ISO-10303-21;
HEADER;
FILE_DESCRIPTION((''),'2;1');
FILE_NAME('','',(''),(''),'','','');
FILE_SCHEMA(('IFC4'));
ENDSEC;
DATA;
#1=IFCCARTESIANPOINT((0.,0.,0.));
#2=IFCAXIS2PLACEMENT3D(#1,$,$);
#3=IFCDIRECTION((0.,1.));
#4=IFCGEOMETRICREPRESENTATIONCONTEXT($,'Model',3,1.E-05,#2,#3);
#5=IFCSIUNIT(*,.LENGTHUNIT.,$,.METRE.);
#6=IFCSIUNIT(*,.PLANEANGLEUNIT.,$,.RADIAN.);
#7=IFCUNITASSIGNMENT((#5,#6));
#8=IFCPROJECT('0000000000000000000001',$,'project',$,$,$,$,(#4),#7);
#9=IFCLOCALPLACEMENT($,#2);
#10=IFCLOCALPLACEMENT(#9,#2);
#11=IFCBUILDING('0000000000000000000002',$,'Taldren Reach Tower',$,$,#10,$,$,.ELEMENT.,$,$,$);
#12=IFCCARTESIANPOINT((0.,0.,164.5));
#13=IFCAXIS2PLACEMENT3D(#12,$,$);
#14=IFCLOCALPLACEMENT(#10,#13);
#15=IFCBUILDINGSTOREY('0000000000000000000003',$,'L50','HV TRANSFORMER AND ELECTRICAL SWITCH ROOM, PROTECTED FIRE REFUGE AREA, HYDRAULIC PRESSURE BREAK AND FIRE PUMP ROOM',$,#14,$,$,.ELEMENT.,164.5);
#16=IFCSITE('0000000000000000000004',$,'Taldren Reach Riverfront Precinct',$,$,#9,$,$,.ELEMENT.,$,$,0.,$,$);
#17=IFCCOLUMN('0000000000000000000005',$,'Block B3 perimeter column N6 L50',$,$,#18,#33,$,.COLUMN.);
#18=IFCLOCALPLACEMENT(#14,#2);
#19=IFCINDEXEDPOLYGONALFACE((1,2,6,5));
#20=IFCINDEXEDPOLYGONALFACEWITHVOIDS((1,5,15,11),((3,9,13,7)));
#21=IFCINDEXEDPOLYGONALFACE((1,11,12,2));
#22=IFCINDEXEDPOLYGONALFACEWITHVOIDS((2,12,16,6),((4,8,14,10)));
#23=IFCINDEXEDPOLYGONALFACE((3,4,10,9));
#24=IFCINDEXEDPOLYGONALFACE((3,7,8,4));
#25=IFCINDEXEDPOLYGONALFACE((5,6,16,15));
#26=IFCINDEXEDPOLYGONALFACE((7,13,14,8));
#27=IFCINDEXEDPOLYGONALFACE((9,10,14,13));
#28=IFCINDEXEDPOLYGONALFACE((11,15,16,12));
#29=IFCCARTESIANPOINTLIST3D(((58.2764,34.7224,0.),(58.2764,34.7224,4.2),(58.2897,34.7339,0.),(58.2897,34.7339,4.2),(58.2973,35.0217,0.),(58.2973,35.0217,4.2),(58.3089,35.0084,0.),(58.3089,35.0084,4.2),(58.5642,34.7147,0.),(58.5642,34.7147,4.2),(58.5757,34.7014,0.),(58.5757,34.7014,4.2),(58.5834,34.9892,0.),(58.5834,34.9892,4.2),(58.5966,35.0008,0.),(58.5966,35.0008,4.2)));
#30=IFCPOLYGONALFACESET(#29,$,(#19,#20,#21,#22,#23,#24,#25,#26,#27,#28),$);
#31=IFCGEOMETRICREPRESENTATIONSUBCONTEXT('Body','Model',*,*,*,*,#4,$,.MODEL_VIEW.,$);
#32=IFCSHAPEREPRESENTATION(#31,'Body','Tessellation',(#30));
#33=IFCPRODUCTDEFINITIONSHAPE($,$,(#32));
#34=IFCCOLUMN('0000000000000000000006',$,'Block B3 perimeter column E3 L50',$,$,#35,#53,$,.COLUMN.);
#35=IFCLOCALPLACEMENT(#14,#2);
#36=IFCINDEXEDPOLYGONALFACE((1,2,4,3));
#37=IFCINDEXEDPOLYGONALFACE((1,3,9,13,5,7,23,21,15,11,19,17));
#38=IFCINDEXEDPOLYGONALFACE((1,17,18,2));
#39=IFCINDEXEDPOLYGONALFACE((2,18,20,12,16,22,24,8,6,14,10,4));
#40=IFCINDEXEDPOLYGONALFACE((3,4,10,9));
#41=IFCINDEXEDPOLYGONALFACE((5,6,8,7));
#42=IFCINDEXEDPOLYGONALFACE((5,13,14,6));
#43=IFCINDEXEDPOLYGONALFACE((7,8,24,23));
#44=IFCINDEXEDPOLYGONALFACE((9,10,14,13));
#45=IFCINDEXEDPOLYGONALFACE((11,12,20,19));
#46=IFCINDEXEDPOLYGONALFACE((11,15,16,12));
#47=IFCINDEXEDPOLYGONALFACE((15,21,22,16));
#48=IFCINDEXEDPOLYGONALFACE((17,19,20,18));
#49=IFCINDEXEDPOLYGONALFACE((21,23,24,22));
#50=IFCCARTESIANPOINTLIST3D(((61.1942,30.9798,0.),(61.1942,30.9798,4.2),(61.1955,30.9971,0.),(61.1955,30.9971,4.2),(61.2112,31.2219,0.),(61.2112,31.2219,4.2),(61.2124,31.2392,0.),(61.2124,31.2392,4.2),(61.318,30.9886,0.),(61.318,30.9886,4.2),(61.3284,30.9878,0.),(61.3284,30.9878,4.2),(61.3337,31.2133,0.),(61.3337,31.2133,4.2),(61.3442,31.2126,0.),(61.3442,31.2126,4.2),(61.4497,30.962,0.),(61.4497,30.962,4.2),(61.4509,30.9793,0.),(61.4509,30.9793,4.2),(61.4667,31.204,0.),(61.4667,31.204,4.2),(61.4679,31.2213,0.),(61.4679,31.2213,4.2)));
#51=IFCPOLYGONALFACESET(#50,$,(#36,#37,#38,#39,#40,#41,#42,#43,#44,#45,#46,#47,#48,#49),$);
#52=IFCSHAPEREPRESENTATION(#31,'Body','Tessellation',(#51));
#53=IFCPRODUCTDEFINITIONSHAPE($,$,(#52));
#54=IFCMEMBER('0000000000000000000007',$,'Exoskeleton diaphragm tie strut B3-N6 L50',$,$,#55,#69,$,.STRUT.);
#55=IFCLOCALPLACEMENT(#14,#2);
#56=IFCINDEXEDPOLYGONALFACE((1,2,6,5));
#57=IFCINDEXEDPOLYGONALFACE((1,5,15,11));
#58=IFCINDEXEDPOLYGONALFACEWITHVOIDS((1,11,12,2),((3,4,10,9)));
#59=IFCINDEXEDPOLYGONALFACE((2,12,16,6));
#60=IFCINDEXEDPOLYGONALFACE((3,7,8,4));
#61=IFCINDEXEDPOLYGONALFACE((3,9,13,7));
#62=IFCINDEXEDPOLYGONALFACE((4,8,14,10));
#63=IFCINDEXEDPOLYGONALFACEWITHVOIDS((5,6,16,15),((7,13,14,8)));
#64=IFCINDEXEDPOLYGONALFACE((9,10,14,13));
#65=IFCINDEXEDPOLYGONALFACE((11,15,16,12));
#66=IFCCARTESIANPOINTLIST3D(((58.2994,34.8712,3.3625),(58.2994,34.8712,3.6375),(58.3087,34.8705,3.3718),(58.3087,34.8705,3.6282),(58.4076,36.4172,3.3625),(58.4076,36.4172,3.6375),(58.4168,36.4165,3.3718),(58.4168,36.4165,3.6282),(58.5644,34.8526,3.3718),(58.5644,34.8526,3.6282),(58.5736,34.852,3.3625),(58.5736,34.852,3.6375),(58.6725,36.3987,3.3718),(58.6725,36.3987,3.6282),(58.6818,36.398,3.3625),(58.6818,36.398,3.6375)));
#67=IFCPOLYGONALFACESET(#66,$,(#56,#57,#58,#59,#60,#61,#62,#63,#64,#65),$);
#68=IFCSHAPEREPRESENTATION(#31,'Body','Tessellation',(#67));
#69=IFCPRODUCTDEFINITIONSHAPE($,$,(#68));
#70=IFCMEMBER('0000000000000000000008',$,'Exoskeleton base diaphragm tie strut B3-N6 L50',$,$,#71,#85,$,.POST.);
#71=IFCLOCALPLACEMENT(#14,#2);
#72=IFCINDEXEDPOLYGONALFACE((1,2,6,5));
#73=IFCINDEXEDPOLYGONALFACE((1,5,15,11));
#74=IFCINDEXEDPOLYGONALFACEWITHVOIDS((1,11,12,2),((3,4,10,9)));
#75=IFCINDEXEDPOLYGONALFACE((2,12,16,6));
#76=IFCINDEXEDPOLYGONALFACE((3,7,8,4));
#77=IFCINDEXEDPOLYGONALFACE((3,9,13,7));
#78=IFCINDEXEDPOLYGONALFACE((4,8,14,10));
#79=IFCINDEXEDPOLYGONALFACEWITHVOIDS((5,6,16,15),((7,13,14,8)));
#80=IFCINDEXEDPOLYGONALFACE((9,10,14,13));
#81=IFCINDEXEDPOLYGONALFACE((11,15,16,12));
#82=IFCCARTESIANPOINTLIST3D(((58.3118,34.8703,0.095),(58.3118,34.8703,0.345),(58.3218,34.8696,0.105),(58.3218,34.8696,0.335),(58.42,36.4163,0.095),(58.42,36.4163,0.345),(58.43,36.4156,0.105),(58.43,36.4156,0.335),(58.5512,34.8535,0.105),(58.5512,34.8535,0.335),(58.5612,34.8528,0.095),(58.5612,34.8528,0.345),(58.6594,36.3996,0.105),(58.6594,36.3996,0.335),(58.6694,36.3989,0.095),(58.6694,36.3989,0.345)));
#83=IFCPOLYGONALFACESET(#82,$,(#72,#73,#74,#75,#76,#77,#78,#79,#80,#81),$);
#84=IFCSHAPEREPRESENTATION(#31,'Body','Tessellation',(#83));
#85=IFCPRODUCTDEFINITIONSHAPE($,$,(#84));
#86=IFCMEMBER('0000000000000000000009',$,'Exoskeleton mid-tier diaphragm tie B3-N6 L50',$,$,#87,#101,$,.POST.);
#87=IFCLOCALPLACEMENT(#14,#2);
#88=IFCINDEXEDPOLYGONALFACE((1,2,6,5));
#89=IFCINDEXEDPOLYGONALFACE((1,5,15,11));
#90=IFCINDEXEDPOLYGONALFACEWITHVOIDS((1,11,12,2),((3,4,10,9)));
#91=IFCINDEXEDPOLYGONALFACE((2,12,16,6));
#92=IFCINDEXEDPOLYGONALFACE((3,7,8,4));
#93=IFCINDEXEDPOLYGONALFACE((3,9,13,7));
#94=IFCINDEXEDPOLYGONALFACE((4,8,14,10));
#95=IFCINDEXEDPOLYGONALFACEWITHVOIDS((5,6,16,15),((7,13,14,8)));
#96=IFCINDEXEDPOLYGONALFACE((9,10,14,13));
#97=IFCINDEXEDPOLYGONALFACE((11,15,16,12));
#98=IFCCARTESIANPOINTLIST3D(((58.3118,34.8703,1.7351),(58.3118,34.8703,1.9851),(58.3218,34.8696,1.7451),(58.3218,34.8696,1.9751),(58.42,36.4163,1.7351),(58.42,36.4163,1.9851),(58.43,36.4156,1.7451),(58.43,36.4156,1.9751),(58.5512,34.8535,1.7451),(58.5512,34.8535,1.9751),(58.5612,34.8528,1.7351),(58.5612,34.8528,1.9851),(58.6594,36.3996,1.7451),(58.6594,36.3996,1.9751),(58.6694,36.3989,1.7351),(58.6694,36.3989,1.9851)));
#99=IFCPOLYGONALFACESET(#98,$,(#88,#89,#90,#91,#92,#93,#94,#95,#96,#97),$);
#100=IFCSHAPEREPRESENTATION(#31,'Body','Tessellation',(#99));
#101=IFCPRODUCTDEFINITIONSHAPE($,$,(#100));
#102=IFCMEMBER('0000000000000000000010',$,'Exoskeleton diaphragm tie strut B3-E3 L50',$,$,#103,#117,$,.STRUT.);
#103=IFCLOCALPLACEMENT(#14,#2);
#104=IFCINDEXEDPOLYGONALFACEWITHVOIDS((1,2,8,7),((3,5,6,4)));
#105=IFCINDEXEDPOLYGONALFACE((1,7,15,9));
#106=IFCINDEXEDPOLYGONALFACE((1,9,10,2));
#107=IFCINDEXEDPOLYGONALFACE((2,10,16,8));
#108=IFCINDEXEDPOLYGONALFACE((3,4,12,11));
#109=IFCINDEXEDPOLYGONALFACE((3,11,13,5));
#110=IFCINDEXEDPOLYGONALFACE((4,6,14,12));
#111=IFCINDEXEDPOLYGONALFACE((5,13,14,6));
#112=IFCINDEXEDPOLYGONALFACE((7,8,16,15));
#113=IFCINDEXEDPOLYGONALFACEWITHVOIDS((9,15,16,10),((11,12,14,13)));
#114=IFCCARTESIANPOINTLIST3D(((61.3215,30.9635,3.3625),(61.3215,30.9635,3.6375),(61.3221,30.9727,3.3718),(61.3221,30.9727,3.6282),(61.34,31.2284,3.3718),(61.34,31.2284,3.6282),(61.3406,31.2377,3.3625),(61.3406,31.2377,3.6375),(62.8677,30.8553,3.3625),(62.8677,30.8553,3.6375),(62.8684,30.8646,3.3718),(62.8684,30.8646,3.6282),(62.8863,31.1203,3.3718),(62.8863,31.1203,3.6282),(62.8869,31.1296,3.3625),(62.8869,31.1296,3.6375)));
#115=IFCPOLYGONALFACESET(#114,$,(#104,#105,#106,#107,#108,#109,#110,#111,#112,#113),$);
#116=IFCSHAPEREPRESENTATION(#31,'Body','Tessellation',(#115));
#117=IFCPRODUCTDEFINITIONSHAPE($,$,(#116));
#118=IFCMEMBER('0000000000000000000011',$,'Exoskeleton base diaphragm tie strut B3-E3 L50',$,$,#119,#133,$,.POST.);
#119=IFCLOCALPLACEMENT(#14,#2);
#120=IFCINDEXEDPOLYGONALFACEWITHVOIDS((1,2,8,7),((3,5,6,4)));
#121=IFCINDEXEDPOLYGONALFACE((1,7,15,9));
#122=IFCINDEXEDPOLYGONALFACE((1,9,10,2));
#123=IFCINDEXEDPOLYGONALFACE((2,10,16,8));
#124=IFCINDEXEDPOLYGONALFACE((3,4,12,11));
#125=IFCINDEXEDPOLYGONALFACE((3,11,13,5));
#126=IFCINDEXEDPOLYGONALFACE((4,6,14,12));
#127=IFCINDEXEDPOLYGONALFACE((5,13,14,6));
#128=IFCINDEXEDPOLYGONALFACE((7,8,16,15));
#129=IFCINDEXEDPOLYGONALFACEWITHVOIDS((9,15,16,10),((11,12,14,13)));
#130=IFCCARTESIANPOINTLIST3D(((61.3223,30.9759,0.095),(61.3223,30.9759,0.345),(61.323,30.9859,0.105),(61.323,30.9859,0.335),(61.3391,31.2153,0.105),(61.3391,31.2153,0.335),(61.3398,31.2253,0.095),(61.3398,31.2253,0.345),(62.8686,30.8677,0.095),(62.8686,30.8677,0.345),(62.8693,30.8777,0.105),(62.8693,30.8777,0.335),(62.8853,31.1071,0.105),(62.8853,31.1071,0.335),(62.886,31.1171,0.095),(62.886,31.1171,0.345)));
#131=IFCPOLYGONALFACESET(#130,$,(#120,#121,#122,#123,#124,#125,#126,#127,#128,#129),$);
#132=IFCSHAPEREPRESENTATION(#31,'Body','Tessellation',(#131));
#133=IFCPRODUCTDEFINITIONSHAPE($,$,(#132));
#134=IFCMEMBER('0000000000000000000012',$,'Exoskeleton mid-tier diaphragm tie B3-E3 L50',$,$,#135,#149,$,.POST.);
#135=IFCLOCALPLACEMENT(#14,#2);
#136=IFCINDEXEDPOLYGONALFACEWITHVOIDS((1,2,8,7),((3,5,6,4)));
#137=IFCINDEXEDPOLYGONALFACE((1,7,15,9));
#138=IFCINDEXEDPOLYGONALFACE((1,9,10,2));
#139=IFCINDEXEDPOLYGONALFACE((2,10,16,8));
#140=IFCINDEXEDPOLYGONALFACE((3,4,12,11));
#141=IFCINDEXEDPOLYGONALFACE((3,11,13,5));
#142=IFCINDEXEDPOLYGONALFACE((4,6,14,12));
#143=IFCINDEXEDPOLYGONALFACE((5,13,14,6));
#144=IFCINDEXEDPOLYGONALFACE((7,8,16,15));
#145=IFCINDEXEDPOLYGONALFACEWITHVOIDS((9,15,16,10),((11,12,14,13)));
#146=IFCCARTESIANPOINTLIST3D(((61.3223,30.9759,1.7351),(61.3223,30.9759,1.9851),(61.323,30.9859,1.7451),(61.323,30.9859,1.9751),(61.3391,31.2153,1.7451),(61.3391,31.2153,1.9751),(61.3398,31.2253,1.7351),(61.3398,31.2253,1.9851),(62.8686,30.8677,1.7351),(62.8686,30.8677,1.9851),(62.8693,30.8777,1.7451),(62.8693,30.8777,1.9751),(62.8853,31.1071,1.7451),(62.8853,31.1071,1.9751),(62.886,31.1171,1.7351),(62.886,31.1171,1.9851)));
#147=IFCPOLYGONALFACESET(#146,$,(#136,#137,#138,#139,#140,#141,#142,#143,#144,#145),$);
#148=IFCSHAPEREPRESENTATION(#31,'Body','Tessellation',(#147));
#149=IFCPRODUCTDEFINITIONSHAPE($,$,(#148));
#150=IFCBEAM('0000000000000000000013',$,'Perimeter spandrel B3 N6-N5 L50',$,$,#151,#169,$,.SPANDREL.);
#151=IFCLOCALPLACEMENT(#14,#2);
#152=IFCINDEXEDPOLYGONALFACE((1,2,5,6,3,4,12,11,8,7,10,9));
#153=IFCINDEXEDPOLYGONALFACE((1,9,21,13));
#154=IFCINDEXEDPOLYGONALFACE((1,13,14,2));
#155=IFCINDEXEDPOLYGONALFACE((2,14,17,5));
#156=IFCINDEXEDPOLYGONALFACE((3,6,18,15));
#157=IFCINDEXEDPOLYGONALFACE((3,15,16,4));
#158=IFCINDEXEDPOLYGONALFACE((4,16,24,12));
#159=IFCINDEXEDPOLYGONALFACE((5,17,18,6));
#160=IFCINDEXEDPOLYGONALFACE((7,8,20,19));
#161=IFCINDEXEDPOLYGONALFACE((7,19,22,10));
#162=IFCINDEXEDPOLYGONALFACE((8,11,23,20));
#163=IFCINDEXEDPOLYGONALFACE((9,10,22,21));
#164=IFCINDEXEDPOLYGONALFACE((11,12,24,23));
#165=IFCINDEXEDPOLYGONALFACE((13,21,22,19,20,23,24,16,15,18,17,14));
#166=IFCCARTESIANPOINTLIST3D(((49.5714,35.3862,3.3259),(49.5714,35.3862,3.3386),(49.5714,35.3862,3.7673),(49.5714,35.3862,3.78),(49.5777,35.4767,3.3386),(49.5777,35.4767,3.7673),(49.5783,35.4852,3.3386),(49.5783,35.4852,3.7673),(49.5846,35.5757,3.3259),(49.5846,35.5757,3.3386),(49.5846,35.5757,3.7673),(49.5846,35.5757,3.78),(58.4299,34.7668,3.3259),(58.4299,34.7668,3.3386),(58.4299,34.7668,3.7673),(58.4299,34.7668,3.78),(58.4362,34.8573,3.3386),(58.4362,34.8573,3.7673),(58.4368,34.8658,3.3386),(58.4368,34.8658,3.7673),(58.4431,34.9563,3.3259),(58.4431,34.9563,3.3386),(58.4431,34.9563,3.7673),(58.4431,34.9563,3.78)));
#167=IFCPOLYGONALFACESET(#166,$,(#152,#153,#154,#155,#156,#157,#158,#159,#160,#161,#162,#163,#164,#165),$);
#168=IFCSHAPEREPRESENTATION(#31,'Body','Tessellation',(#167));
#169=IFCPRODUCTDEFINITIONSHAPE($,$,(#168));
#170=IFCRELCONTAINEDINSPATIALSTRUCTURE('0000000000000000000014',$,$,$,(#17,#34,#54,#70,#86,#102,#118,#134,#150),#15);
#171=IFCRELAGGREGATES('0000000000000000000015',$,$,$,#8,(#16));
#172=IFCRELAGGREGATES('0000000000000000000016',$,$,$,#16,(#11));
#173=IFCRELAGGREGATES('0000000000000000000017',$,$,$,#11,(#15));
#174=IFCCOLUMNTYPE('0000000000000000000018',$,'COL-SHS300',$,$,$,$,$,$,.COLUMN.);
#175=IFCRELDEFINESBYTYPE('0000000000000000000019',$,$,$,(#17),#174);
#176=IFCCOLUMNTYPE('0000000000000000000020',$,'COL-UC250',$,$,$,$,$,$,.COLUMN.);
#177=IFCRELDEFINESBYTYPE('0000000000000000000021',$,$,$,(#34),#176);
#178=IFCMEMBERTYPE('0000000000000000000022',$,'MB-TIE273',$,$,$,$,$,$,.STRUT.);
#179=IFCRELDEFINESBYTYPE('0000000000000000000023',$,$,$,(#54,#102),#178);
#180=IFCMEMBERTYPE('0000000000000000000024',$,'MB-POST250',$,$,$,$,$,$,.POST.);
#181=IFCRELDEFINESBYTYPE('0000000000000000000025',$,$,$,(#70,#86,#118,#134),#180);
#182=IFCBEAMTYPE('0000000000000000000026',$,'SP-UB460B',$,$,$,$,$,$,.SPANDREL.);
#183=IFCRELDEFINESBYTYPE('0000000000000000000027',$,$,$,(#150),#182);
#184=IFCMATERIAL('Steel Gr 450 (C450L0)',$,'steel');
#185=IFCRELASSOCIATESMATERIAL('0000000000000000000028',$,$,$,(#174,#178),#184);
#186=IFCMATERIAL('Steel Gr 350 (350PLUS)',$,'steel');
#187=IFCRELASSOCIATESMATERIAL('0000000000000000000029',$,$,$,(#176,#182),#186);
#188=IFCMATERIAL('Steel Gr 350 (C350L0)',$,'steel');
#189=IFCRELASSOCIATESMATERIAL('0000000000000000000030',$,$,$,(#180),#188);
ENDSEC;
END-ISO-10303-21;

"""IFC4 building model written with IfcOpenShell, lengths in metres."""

from ifc_helpers import new_model, si_unit, direction, frame, origin, origin_2d, place, context, subcontext, project, spatial, hollow_rectangle, i_section, extrude, source, transform, mapped, material, material_profile, profile_set, type_object, element, save


model = new_model("IFC4")

# Units and contexts
model_context = context("Model", 3, precision=1e-05, world=origin(), true_north=direction((0.0, 1.0)))
body_context = subcontext(model_context, "Body", "Model", "MODEL_VIEW")
ifc_project = project(units=[si_unit("LENGTHUNIT", "METRE"), si_unit("PLANEANGLEUNIT", "RADIAN")], contexts=[model_context])

# Site, building, storey
site_placement = place(None, origin())
site = spatial("IfcSite", under=ifc_project, at=site_placement, Name="Taldren Reach Riverfront Precinct", CompositionType="ELEMENT", RefElevation=0.0)
building_placement = place(site_placement, origin())
building = spatial("IfcBuilding", under=site, at=building_placement, Name="Taldren Reach Tower", CompositionType="ELEMENT")
storey_placement = place(building_placement, frame((0.0, 0.0, 164.5)))
storey = spatial("IfcBuildingStorey", under=building, at=storey_placement, Name="L50", Description="HV TRANSFORMER AND ELECTRICAL SWITCH ROOM, PROTECTED FIRE REFUGE AREA, HYDRAULIC PRESSURE BREAK AND FIRE PUMP ROOM", CompositionType="ELEMENT", Elevation=164.5)

# Columns
ifc_material_1 = material(Name="Steel Gr 450 (C450L0)", Category="steel")
ifc_material_profile_1 = material_profile(ifc_material_1, hollow_rectangle(XDim=0.3, YDim=0.3, WallThickness=0.0125, at=origin_2d()), Name="300x300x12.5SHS")
ifc_profile_set_1 = profile_set([ifc_material_profile_1], Name="Steel Gr 450 (C450L0)")
column_type_1 = type_object("IfcColumnType", Name="COL-SHS300", PredefinedType="COLUMN", material=ifc_profile_set_1)
shared_shape_1 = source(origin(), body_context, "Body", "SweptSolid", [
    extrude(hollow_rectangle(XDim=0.3, YDim=0.3, WallThickness=0.0125, at=origin_2d()), origin(), (0.0, 0.0, 1.0), 4.2),
])
column_1_placement = place(storey_placement, frame((58.4365, 34.8616, 0.0), z_axis=(0.0, 0.0, 1.0), x_axis=(0.997564, -0.069756, 0.0)))
element("IfcColumn", 1, at=column_1_placement, inside=storey, type_object=column_type_1, Name="Block B3 perimeter column N6 L50", PredefinedType="COLUMN", context=body_context, shape_type="MappedRepresentation", body=[
    mapped(shared_shape_1, transform((0.0, 0.0, 0.0), scale=1.0)),
])
ifc_material_2 = material(Name="Steel Gr 350 (350PLUS)", Category="steel")
ifc_material_profile_2 = material_profile(ifc_material_2, i_section(OverallWidth=0.2561, OverallDepth=0.26, WebThickness=0.0105, FlangeThickness=0.0173, at=origin_2d()), Name="250UC89.5")
ifc_profile_set_2 = profile_set([ifc_material_profile_2], Name="Steel Gr 350 (350PLUS)")
column_type_2 = type_object("IfcColumnType", Name="COL-UC250", PredefinedType="COLUMN", material=ifc_profile_set_2)
shared_shape_2 = source(origin(), body_context, "Body", "SweptSolid", [
    extrude(i_section(OverallWidth=0.2561, OverallDepth=0.26, WebThickness=0.0105, FlangeThickness=0.0173, at=origin_2d()), origin(), (0.0, 0.0, 1.0), 4.2),
])
column_2_placement = place(storey_placement, frame((61.3311, 31.1006, 0.0), z_axis=(0.0, 0.0, 1.0), x_axis=(0.997564, -0.069756, 0.0)))
element("IfcColumn", 2, at=column_2_placement, inside=storey, type_object=column_type_2, Name="Block B3 perimeter column E3 L50", PredefinedType="COLUMN", context=body_context, shape_type="MappedRepresentation", body=[
    mapped(shared_shape_2, transform((0.0, 0.0, 0.0), scale=1.0)),
])

# Members
ifc_material_profile_3 = material_profile(ifc_material_1, hollow_rectangle(XDim=0.2749, YDim=0.2749, WallThickness=0.0093, at=origin_2d()), Name="275x275x9.3SHS")
ifc_profile_set_3 = profile_set([ifc_material_profile_3], Name="Steel Gr 450 (C450L0)")
member_type_1 = type_object("IfcMemberType", Name="MB-TIE273", PredefinedType="STRUT", material=ifc_profile_set_3)
shared_shape_3 = source(origin(), body_context, "Body", "SweptSolid", [
    extrude(hollow_rectangle(XDim=0.2749, YDim=0.2749, WallThickness=0.0093, at=origin_2d()), origin(), (0.0, 0.0, 1.0), 1.5498),
])
member_1_placement = place(storey_placement, frame((58.4365, 34.8616, 3.5), z_axis=(0.069781, 0.997562, 0.0), x_axis=(-0.997562, 0.069781, 0.0)))
element("IfcMember", 3, at=member_1_placement, inside=storey, type_object=member_type_1, Name="Exoskeleton diaphragm tie strut B3-N6 L50", PredefinedType="STRUT", context=body_context, shape_type="MappedRepresentation", body=[
    mapped(shared_shape_3, transform((0.0, 0.0, 0.0), scale=1.0)),
])
ifc_material_3 = material(Name="Steel Gr 350 (C350L0)", Category="steel")
ifc_material_profile_4 = material_profile(ifc_material_3, hollow_rectangle(XDim=0.25, YDim=0.25, WallThickness=0.01, at=origin_2d()), Name="250x250x10.0SHS")
ifc_profile_set_4 = profile_set([ifc_material_profile_4], Name="Steel Gr 350 (C350L0)")
member_type_2 = type_object("IfcMemberType", Name="MB-POST250", PredefinedType="POST", material=ifc_profile_set_4)
shared_shape_4 = source(origin(), body_context, "Body", "SweptSolid", [
    extrude(hollow_rectangle(XDim=0.25, YDim=0.25, WallThickness=0.01, at=origin_2d()), origin(), (0.0, 0.0, 1.0), 1.5498),
])
for number, where, z_axis, x_axis, name in (
    (4, (58.4365, 34.8616, 0.22), (0.069781, 0.997562, 0.0), (-0.997562, 0.069781, 0.0), "Exoskeleton base diaphragm tie strut B3-N6 L50"),
    (5, (58.4365, 34.8616, 1.8601), (0.069781, 0.997562, 0.0), (-0.997562, 0.069781, 0.0), "Exoskeleton mid-tier diaphragm tie B3-N6 L50"),
):
    element("IfcMember", number, at=place(storey_placement, frame(where, z_axis=z_axis, x_axis=x_axis)), inside=storey, type_object=member_type_2, Name=name, PredefinedType="POST", context=body_context, shape_type="MappedRepresentation", body=[
        mapped(shared_shape_4, transform((0.0, 0.0, 0.0), scale=1.0)),
    ])
shared_shape_5 = source(origin(), body_context, "Body", "SweptSolid", [
    extrude(hollow_rectangle(XDim=0.2749, YDim=0.2749, WallThickness=0.0093, at=origin_2d()), origin(), (0.0, 0.0, 1.0), 1.55),
])
member_2_placement = place(storey_placement, frame((61.3311, 31.1006, 3.5), z_axis=(0.997563, -0.06977, 0.0), x_axis=(0.06977, 0.997563, 0.0)))
element("IfcMember", 6, at=member_2_placement, inside=storey, type_object=member_type_1, Name="Exoskeleton diaphragm tie strut B3-E3 L50", PredefinedType="STRUT", context=body_context, shape_type="MappedRepresentation", body=[
    mapped(shared_shape_5, transform((0.0, 0.0, 0.0), scale=1.0)),
])
shared_shape_6 = source(origin(), body_context, "Body", "SweptSolid", [
    extrude(hollow_rectangle(XDim=0.25, YDim=0.25, WallThickness=0.01, at=origin_2d()), origin(), (0.0, 0.0, 1.0), 1.55),
])
for number, where, z_axis, x_axis, name in (
    (7, (61.3311, 31.1006, 0.22), (0.997563, -0.06977, 0.0), (0.06977, 0.997563, 0.0), "Exoskeleton base diaphragm tie strut B3-E3 L50"),
    (8, (61.3311, 31.1006, 1.8601), (0.997563, -0.06977, 0.0), (0.06977, 0.997563, 0.0), "Exoskeleton mid-tier diaphragm tie B3-E3 L50"),
):
    element("IfcMember", number, at=place(storey_placement, frame(where, z_axis=z_axis, x_axis=x_axis)), inside=storey, type_object=member_type_2, Name=name, PredefinedType="POST", context=body_context, shape_type="MappedRepresentation", body=[
        mapped(shared_shape_6, transform((0.0, 0.0, 0.0), scale=1.0)),
    ])

# Beam
ifc_material_profile_5 = material_profile(ifc_material_2, i_section(OverallWidth=0.1899, OverallDepth=0.4541, WebThickness=0.0085, FlangeThickness=0.0127, at=origin_2d()), Name="460UB67.1")
ifc_profile_set_5 = profile_set([ifc_material_profile_5], Name="Steel Gr 350 (350PLUS)")
beam_type = type_object("IfcBeamType", Name="SP-UB460B", PredefinedType="SPANDREL", material=ifc_profile_set_5)
shared_shape_7 = source(origin(), body_context, "Body", "SweptSolid", [
    extrude(i_section(OverallWidth=0.1899, OverallDepth=0.4541, WebThickness=0.0085, FlangeThickness=0.0127, at=origin_2d()), origin(), (0.0, 0.0, 1.0), 8.8801),
])
beam_1_placement = place(storey_placement, frame((58.4365, 34.8616, 3.553), z_axis=(-0.997564, 0.06975, 0.0), x_axis=(-0.06975, -0.997564, 0.0)))
element("IfcBeam", 9, at=beam_1_placement, inside=storey, type_object=beam_type, Name="Perimeter spandrel B3 N6-N5 L50", PredefinedType="SPANDREL", context=body_context, shape_type="MappedRepresentation", body=[
    mapped(shared_shape_7, transform((0.0, 0.0, 0.0), scale=1.0)),
])

save(model, "model.ifc")
